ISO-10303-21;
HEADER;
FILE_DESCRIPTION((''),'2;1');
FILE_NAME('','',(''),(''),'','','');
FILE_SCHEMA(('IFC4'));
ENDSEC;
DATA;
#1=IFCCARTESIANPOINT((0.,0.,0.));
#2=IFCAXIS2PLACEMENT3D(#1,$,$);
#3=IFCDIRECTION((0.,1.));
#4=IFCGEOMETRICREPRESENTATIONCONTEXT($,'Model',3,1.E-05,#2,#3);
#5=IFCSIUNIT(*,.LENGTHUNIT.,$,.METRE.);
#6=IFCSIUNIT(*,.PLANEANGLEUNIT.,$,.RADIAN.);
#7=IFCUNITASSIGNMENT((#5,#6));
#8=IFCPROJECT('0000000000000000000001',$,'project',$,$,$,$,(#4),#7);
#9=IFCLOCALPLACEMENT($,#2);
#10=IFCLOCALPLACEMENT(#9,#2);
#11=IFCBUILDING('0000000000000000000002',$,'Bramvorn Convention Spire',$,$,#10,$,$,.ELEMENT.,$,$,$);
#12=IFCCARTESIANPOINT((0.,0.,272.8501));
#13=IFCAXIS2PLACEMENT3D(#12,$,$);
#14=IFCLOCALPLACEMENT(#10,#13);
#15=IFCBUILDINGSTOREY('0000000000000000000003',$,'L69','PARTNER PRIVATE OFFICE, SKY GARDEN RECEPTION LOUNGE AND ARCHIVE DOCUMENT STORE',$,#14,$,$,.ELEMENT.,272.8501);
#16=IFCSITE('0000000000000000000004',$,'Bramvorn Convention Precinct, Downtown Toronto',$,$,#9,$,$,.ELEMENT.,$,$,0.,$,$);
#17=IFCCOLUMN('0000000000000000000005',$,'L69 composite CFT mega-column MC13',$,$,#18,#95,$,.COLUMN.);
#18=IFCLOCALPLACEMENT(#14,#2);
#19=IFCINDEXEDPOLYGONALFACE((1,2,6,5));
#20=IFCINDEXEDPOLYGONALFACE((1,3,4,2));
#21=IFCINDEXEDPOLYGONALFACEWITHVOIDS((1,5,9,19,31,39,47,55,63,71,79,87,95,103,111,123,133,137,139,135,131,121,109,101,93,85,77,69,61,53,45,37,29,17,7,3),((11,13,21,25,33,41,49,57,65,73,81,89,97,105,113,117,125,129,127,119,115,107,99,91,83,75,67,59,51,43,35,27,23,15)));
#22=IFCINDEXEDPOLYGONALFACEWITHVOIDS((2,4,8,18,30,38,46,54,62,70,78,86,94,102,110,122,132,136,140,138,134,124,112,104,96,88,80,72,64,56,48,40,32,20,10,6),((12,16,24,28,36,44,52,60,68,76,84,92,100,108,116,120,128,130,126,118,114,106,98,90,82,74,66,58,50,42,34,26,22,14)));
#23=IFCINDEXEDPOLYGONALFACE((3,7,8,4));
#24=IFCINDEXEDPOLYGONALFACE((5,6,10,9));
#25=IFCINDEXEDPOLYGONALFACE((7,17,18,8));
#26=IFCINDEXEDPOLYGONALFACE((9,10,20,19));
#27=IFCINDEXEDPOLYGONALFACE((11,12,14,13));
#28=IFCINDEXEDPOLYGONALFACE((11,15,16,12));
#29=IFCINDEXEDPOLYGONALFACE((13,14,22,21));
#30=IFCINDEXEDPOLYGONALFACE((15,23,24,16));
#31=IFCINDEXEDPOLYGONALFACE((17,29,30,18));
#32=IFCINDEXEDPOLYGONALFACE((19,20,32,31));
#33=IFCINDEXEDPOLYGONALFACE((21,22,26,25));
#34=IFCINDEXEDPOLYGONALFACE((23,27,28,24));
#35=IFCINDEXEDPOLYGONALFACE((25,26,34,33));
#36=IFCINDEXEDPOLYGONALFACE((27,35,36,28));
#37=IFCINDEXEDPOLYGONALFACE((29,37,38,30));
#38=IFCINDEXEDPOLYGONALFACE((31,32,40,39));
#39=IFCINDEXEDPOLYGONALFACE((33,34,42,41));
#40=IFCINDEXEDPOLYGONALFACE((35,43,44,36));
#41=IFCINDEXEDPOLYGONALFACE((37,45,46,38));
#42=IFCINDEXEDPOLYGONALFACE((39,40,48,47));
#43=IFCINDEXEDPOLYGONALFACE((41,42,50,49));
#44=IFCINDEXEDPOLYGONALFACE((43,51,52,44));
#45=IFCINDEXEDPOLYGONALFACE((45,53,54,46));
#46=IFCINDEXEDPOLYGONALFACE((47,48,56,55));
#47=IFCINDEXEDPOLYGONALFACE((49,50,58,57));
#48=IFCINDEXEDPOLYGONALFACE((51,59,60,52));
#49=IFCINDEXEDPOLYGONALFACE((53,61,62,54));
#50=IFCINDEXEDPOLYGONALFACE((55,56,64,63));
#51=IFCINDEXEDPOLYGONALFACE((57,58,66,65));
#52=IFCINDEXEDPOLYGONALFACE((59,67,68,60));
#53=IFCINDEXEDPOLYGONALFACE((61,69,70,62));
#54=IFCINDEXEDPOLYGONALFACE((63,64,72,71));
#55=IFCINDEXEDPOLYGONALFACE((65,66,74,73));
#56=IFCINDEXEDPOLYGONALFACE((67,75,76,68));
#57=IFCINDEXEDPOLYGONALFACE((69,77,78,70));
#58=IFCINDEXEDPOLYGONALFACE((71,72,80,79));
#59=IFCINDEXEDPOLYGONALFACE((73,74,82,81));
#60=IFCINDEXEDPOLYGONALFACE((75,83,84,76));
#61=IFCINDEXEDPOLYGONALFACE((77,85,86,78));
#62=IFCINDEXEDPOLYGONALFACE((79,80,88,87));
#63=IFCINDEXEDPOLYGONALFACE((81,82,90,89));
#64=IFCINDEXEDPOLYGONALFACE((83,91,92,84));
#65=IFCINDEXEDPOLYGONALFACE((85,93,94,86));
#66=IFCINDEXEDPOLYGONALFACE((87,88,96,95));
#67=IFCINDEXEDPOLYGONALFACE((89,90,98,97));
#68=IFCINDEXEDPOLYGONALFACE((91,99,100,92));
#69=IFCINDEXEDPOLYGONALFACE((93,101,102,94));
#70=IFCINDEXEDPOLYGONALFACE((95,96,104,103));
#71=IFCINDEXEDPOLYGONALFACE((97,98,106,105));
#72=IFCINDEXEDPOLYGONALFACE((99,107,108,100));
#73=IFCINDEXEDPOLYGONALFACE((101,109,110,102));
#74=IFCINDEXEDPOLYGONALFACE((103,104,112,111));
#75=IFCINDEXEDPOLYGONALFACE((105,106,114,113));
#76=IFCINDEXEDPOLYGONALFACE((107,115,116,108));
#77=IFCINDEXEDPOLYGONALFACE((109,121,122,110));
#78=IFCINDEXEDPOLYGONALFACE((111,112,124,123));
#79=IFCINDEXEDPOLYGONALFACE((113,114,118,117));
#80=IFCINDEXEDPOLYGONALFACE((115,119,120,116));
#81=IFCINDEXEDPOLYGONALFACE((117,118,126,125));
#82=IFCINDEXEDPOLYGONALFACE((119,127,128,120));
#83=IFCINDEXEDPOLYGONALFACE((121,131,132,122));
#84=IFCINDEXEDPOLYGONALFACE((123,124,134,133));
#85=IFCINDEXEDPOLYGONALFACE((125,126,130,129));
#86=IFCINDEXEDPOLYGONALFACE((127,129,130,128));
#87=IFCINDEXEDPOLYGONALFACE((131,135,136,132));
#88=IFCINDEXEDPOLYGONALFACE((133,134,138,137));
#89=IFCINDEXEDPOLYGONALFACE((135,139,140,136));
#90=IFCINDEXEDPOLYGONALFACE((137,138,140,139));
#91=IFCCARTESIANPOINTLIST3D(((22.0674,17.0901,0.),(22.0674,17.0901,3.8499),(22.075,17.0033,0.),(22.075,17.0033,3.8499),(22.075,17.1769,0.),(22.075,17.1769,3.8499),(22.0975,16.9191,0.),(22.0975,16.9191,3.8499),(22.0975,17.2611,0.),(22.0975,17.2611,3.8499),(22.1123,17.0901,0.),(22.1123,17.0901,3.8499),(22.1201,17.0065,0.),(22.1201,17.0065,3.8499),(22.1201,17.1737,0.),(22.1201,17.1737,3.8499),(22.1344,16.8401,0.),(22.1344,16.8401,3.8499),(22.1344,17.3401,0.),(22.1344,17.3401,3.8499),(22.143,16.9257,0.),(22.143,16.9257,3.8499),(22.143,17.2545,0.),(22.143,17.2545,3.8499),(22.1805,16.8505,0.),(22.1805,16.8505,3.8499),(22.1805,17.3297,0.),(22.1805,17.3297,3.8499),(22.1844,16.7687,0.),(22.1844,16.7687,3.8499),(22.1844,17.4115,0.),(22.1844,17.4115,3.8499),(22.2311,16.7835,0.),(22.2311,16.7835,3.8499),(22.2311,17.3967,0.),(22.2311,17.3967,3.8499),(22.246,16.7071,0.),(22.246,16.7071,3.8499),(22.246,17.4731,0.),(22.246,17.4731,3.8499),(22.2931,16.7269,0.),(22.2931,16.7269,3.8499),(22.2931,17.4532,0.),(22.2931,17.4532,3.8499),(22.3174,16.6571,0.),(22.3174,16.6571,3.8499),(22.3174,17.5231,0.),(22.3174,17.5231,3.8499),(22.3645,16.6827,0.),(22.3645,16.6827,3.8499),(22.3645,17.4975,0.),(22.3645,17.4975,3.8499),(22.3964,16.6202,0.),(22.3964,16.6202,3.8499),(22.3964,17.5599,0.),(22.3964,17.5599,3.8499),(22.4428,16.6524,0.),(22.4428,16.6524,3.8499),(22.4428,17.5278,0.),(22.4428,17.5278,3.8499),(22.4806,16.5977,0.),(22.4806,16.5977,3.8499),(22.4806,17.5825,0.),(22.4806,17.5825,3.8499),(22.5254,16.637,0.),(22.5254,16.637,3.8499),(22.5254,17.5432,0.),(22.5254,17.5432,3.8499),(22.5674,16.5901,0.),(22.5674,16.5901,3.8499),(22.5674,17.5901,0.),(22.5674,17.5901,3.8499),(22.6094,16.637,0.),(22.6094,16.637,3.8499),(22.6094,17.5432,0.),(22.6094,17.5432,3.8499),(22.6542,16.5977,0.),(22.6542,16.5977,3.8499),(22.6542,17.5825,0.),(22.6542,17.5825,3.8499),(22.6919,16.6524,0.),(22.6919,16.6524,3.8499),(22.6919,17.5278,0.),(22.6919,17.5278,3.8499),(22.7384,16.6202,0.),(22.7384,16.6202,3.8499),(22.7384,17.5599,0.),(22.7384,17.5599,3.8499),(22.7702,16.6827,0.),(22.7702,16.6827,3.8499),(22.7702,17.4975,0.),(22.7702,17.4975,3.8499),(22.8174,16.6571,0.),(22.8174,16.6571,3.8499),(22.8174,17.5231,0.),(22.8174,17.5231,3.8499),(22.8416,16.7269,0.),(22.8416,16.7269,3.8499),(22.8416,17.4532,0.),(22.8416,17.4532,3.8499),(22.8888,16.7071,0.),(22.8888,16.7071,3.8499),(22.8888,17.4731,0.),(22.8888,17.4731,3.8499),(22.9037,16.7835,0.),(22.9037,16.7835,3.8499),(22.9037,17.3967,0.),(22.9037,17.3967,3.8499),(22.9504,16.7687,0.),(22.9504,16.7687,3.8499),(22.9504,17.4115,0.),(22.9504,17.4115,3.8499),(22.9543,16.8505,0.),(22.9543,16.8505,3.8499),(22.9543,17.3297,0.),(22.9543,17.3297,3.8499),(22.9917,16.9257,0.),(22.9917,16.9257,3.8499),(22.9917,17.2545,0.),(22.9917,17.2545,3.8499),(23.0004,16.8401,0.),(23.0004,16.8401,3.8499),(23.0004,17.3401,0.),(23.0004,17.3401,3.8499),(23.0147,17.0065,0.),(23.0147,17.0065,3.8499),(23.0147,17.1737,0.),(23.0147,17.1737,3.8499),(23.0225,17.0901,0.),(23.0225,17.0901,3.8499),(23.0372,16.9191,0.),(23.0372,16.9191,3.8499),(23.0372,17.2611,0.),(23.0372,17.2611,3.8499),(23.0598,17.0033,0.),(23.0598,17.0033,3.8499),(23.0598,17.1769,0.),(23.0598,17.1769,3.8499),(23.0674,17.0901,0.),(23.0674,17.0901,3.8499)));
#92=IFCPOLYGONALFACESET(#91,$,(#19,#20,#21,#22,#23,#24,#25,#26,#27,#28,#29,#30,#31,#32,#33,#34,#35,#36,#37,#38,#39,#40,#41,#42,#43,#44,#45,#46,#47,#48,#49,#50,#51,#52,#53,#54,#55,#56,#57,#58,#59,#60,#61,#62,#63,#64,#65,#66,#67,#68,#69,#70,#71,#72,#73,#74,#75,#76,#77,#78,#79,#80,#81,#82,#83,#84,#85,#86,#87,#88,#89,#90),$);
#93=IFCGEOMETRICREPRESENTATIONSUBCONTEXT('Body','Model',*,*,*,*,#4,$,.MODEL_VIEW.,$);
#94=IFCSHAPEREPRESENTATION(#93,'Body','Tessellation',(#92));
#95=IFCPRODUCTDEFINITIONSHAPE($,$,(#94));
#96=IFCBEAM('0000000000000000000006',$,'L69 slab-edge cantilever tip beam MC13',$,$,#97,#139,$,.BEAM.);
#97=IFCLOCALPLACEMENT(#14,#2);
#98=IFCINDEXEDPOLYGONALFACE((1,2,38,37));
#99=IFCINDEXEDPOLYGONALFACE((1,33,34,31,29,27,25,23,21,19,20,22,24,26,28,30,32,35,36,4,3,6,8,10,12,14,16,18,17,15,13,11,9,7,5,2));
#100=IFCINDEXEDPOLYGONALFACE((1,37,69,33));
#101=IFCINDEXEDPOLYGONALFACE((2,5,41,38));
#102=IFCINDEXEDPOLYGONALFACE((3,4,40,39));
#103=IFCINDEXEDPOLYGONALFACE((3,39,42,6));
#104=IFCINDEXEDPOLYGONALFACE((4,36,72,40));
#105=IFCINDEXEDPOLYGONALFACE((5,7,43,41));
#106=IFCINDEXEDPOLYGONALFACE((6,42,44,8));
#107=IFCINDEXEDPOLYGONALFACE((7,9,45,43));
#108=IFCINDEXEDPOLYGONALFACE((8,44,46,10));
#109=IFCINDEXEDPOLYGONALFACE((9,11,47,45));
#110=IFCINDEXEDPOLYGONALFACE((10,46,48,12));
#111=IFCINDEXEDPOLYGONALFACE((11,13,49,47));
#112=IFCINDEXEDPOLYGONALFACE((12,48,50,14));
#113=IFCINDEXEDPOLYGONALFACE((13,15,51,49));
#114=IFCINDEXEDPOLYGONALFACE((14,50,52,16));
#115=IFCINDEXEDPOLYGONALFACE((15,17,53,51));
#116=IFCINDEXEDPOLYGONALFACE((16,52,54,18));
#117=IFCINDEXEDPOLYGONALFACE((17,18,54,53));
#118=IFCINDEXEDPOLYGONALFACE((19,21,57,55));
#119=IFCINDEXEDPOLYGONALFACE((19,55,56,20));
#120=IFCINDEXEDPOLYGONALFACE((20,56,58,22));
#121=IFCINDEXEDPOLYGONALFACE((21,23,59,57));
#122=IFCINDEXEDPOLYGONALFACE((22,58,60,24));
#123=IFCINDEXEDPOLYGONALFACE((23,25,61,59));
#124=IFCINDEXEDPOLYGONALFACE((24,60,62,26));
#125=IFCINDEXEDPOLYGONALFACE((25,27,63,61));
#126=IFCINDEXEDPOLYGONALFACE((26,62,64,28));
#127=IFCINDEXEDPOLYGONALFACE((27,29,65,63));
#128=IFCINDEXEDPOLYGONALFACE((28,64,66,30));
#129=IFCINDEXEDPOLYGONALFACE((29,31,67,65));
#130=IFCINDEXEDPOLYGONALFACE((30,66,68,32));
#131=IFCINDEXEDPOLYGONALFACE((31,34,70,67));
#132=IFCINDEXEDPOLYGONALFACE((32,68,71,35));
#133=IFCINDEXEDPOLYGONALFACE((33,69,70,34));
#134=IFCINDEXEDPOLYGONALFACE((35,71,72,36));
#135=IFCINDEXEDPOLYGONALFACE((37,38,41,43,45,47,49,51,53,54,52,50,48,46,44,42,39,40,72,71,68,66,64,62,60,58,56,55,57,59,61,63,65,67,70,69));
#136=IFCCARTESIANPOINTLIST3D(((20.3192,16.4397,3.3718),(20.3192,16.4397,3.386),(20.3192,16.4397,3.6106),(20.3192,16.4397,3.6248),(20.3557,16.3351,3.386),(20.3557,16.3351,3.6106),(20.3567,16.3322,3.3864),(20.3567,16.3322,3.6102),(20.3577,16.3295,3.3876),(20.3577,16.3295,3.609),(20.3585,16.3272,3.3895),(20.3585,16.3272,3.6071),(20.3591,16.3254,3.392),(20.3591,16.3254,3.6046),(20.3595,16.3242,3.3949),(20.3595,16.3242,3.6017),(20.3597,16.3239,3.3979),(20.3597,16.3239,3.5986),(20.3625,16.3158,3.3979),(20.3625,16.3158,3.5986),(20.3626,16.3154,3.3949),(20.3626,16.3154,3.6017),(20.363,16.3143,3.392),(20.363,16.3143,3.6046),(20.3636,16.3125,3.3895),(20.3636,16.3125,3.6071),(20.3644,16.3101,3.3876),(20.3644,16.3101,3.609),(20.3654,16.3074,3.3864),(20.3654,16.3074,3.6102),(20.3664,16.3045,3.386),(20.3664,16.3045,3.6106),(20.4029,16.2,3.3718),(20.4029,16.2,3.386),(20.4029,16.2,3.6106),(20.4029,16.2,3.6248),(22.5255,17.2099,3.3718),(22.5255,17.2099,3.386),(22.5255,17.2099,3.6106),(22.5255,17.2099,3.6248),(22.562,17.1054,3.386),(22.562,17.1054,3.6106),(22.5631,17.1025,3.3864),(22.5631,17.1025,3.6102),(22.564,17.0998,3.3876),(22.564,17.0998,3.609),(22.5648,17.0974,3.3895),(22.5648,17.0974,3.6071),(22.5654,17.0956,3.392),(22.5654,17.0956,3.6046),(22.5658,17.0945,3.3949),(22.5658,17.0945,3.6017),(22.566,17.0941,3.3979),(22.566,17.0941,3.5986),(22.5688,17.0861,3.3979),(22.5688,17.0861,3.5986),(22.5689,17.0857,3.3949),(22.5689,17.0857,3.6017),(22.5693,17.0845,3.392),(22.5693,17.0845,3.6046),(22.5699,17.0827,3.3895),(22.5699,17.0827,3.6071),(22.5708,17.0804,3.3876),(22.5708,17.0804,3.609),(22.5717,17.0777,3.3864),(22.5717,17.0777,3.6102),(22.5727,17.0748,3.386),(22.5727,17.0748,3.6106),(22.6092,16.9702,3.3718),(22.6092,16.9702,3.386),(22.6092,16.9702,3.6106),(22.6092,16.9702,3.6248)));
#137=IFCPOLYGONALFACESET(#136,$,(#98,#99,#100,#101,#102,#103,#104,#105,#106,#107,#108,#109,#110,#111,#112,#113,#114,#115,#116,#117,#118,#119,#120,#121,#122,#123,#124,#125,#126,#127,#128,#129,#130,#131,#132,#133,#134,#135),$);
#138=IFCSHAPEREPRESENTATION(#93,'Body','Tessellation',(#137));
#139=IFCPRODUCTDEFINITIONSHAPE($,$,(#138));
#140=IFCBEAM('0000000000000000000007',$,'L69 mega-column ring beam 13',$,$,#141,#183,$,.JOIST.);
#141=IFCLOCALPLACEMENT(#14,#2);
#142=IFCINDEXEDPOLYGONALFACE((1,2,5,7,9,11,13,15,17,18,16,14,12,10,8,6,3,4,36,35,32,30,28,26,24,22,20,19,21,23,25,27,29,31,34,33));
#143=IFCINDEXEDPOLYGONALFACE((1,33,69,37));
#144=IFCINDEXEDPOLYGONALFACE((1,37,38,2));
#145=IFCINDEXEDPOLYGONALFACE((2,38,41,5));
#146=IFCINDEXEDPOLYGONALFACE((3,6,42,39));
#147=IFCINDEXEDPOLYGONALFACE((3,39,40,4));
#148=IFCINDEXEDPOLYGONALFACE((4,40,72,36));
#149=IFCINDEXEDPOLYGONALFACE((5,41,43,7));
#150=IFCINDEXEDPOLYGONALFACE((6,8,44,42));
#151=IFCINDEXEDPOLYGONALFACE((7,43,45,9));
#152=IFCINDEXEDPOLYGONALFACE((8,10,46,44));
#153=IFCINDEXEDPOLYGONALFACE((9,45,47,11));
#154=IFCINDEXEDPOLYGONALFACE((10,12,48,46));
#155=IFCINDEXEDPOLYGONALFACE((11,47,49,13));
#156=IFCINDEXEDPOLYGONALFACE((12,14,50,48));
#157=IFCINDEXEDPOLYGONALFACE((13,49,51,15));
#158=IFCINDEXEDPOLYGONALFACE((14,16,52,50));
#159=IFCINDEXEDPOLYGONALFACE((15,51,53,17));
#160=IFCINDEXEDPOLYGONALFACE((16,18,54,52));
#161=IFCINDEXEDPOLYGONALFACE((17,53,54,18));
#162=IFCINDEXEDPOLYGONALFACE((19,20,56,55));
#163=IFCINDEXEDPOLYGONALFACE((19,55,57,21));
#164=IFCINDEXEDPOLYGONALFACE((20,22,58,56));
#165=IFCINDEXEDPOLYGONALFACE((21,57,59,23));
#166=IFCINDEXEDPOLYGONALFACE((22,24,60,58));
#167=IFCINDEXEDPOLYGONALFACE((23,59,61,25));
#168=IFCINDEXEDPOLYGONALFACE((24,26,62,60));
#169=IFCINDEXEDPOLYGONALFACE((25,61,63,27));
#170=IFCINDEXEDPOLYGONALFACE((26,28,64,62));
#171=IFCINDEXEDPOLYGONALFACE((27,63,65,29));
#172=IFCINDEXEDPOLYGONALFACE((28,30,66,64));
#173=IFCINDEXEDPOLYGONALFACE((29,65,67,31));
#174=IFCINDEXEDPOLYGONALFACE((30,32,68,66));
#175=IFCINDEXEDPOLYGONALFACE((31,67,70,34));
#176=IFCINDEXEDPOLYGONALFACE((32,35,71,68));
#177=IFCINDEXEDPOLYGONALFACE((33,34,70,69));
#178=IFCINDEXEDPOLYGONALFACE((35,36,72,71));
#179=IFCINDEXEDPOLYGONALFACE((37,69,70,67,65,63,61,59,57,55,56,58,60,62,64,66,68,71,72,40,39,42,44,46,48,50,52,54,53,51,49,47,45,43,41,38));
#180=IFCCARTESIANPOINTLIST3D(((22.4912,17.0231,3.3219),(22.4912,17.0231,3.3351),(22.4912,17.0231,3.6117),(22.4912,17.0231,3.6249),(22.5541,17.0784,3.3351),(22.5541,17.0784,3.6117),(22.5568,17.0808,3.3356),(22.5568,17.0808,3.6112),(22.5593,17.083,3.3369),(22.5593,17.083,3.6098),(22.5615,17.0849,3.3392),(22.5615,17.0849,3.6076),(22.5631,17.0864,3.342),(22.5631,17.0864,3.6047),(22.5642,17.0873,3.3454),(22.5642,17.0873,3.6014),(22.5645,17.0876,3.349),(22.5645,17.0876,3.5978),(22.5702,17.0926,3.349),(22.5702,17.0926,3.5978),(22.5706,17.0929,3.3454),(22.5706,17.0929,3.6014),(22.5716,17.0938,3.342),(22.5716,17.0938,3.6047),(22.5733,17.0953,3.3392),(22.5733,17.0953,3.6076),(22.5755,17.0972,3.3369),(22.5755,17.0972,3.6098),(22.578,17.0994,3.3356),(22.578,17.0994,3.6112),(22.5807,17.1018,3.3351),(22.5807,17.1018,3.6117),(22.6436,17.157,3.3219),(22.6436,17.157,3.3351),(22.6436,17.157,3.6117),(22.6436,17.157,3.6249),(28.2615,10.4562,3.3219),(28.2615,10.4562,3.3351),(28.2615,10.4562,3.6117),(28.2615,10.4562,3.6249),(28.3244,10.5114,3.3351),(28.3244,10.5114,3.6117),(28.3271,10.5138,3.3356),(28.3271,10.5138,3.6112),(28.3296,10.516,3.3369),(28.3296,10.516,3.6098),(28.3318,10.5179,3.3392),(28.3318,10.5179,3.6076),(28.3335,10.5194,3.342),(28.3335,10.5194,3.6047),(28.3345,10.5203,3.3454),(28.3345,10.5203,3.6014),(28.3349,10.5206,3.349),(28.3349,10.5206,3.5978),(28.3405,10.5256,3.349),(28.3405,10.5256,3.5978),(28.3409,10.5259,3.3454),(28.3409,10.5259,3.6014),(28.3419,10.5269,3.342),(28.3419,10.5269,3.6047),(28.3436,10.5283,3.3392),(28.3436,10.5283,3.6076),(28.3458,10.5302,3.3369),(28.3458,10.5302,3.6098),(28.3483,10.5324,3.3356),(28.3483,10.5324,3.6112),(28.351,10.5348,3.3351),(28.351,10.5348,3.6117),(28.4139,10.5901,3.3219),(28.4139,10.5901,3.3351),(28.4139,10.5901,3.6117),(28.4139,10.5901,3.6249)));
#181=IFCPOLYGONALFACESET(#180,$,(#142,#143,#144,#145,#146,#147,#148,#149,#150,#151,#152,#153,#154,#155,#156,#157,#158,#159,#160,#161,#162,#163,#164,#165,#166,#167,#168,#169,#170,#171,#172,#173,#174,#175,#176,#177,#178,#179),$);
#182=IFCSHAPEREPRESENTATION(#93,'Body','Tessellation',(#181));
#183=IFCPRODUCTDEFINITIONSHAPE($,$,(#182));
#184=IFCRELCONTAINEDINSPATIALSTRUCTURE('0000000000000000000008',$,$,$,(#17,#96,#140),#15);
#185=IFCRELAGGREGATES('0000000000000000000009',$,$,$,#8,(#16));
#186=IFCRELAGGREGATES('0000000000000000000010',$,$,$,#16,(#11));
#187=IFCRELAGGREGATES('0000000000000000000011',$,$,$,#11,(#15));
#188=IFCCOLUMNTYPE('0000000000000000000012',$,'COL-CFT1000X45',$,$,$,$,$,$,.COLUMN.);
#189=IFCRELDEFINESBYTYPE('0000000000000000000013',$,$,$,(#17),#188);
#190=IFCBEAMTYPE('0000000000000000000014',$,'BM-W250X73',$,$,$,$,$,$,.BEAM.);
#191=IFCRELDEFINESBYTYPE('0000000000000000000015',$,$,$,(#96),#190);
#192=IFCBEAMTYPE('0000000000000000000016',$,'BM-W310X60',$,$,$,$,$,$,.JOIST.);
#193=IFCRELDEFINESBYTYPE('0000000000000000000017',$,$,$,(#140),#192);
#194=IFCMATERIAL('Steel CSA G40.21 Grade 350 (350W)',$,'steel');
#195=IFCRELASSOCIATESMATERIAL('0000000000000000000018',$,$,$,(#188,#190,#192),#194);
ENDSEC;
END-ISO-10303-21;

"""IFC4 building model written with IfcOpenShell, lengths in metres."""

from ifc_helpers import new_model, si_unit, direction, frame, origin, origin_2d, place, context, subcontext, project, spatial, hollow_circle, i_section, extrude, material, material_profile, profile_set, type_object, element, save


model = new_model("IFC4")

# Units and contexts
model_context = context("Model", 3, precision=1e-05, world=origin(), true_north=direction((0.0, 1.0)))
body_context = subcontext(model_context, "Body", "Model", "MODEL_VIEW")
ifc_project = project(units=[si_unit("LENGTHUNIT", "METRE"), si_unit("PLANEANGLEUNIT", "RADIAN")], contexts=[model_context])

# Site, building, storey
site_placement = place(None, origin())
site = spatial("IfcSite", under=ifc_project, at=site_placement, Name="Bramvorn Convention Precinct, Downtown Toronto", CompositionType="ELEMENT", RefElevation=0.0)
building_placement = place(site_placement, origin())
building = spatial("IfcBuilding", under=site, at=building_placement, Name="Bramvorn Convention Spire", CompositionType="ELEMENT")
storey_placement = place(building_placement, frame((0.0, 0.0, 272.8501)))
storey = spatial("IfcBuildingStorey", under=building, at=storey_placement, Name="L69", Description="PARTNER PRIVATE OFFICE, SKY GARDEN RECEPTION LOUNGE AND ARCHIVE DOCUMENT STORE", CompositionType="ELEMENT", Elevation=272.8501)

# Column
ifc_material_1 = material(Name="Steel CSA G40.21 Grade 350 (350W)", Category="steel")
ifc_material_profile_1 = material_profile(ifc_material_1, hollow_circle(Radius=0.5, WallThickness=0.0449, at=origin_2d()))
ifc_profile_set_1 = profile_set([ifc_material_profile_1], Name="Steel CSA G40.21 Grade 350 (350W) - CFT1000X45")
column_type = type_object("IfcColumnType", Name="COL-CFT1000X45", PredefinedType="COLUMN", material=ifc_profile_set_1)
column_placement = place(storey_placement, frame((22.5674, 17.0901, 0.0), z_axis=(0.0, 0.0, 1.0), x_axis=(1.0, 0.0, 0.0)))
element("IfcColumn", 1, at=column_placement, inside=storey, type_object=column_type, Name="L69 composite CFT mega-column MC13", PredefinedType="COLUMN", context=body_context, shape_type="SweptSolid", body=[
    extrude(hollow_circle(Radius=0.5, WallThickness=0.0449, at=origin_2d()), origin(), (0.0, 0.0, 1.0), 3.8499),
])

# Beams
ifc_material_profile_2 = material_profile(ifc_material_1, i_section(OverallWidth=0.2539, OverallDepth=0.2529, WebThickness=0.0085, FlangeThickness=0.0142, FilletRadius=0.012, at=origin_2d()))
ifc_profile_set_2 = profile_set([ifc_material_profile_2], Name="Steel CSA G40.21 Grade 350 (350W) - W250X73")
beam_type_1 = type_object("IfcBeamType", Name="BM-W250X73", PredefinedType="BEAM", material=ifc_profile_set_2)
beam_1_placement = place(storey_placement, frame((22.5674, 17.0901, 3.4983), z_axis=(-0.944117, -0.32961, 0.0), x_axis=(0.32961, -0.944117, 0.0)))
element("IfcBeam", 2, at=beam_1_placement, inside=storey, type_object=beam_type_1, Name="L69 slab-edge cantilever tip beam MC13", PredefinedType="BEAM", context=body_context, shape_type="SweptSolid", body=[
    extrude(i_section(OverallWidth=0.2539, OverallDepth=0.2529, WebThickness=0.0085, FlangeThickness=0.0142, FilletRadius=0.012, at=origin_2d()), origin(), (0.0, 0.0, 1.0), 2.3369),
])
ifc_material_profile_3 = material_profile(ifc_material_1, i_section(OverallWidth=0.2029, OverallDepth=0.303, WebThickness=0.0076, FlangeThickness=0.0132, FilletRadius=0.0139, at=origin_2d()))
ifc_profile_set_3 = profile_set([ifc_material_profile_3], Name="Steel CSA G40.21 Grade 350 (350W) - W310X60")
beam_type_2 = type_object("IfcBeamType", Name="BM-W310X60", PredefinedType="JOIST", material=ifc_profile_set_3)
beam_2_placement = place(storey_placement, frame((22.5674, 17.0901, 3.4734), z_axis=(0.660073, -0.751201, 0.0), x_axis=(0.751201, 0.660073, 0.0)))
element("IfcBeam", 3, at=beam_2_placement, inside=storey, type_object=beam_type_2, Name="L69 mega-column ring beam 13", PredefinedType="JOIST", context=body_context, shape_type="SweptSolid", body=[
    extrude(i_section(OverallWidth=0.2029, OverallDepth=0.303, WebThickness=0.0076, FlangeThickness=0.0132, FilletRadius=0.0139, at=origin_2d()), origin(), (0.0, 0.0, 1.0), 8.7419),
])

save(model, "model.ifc")
